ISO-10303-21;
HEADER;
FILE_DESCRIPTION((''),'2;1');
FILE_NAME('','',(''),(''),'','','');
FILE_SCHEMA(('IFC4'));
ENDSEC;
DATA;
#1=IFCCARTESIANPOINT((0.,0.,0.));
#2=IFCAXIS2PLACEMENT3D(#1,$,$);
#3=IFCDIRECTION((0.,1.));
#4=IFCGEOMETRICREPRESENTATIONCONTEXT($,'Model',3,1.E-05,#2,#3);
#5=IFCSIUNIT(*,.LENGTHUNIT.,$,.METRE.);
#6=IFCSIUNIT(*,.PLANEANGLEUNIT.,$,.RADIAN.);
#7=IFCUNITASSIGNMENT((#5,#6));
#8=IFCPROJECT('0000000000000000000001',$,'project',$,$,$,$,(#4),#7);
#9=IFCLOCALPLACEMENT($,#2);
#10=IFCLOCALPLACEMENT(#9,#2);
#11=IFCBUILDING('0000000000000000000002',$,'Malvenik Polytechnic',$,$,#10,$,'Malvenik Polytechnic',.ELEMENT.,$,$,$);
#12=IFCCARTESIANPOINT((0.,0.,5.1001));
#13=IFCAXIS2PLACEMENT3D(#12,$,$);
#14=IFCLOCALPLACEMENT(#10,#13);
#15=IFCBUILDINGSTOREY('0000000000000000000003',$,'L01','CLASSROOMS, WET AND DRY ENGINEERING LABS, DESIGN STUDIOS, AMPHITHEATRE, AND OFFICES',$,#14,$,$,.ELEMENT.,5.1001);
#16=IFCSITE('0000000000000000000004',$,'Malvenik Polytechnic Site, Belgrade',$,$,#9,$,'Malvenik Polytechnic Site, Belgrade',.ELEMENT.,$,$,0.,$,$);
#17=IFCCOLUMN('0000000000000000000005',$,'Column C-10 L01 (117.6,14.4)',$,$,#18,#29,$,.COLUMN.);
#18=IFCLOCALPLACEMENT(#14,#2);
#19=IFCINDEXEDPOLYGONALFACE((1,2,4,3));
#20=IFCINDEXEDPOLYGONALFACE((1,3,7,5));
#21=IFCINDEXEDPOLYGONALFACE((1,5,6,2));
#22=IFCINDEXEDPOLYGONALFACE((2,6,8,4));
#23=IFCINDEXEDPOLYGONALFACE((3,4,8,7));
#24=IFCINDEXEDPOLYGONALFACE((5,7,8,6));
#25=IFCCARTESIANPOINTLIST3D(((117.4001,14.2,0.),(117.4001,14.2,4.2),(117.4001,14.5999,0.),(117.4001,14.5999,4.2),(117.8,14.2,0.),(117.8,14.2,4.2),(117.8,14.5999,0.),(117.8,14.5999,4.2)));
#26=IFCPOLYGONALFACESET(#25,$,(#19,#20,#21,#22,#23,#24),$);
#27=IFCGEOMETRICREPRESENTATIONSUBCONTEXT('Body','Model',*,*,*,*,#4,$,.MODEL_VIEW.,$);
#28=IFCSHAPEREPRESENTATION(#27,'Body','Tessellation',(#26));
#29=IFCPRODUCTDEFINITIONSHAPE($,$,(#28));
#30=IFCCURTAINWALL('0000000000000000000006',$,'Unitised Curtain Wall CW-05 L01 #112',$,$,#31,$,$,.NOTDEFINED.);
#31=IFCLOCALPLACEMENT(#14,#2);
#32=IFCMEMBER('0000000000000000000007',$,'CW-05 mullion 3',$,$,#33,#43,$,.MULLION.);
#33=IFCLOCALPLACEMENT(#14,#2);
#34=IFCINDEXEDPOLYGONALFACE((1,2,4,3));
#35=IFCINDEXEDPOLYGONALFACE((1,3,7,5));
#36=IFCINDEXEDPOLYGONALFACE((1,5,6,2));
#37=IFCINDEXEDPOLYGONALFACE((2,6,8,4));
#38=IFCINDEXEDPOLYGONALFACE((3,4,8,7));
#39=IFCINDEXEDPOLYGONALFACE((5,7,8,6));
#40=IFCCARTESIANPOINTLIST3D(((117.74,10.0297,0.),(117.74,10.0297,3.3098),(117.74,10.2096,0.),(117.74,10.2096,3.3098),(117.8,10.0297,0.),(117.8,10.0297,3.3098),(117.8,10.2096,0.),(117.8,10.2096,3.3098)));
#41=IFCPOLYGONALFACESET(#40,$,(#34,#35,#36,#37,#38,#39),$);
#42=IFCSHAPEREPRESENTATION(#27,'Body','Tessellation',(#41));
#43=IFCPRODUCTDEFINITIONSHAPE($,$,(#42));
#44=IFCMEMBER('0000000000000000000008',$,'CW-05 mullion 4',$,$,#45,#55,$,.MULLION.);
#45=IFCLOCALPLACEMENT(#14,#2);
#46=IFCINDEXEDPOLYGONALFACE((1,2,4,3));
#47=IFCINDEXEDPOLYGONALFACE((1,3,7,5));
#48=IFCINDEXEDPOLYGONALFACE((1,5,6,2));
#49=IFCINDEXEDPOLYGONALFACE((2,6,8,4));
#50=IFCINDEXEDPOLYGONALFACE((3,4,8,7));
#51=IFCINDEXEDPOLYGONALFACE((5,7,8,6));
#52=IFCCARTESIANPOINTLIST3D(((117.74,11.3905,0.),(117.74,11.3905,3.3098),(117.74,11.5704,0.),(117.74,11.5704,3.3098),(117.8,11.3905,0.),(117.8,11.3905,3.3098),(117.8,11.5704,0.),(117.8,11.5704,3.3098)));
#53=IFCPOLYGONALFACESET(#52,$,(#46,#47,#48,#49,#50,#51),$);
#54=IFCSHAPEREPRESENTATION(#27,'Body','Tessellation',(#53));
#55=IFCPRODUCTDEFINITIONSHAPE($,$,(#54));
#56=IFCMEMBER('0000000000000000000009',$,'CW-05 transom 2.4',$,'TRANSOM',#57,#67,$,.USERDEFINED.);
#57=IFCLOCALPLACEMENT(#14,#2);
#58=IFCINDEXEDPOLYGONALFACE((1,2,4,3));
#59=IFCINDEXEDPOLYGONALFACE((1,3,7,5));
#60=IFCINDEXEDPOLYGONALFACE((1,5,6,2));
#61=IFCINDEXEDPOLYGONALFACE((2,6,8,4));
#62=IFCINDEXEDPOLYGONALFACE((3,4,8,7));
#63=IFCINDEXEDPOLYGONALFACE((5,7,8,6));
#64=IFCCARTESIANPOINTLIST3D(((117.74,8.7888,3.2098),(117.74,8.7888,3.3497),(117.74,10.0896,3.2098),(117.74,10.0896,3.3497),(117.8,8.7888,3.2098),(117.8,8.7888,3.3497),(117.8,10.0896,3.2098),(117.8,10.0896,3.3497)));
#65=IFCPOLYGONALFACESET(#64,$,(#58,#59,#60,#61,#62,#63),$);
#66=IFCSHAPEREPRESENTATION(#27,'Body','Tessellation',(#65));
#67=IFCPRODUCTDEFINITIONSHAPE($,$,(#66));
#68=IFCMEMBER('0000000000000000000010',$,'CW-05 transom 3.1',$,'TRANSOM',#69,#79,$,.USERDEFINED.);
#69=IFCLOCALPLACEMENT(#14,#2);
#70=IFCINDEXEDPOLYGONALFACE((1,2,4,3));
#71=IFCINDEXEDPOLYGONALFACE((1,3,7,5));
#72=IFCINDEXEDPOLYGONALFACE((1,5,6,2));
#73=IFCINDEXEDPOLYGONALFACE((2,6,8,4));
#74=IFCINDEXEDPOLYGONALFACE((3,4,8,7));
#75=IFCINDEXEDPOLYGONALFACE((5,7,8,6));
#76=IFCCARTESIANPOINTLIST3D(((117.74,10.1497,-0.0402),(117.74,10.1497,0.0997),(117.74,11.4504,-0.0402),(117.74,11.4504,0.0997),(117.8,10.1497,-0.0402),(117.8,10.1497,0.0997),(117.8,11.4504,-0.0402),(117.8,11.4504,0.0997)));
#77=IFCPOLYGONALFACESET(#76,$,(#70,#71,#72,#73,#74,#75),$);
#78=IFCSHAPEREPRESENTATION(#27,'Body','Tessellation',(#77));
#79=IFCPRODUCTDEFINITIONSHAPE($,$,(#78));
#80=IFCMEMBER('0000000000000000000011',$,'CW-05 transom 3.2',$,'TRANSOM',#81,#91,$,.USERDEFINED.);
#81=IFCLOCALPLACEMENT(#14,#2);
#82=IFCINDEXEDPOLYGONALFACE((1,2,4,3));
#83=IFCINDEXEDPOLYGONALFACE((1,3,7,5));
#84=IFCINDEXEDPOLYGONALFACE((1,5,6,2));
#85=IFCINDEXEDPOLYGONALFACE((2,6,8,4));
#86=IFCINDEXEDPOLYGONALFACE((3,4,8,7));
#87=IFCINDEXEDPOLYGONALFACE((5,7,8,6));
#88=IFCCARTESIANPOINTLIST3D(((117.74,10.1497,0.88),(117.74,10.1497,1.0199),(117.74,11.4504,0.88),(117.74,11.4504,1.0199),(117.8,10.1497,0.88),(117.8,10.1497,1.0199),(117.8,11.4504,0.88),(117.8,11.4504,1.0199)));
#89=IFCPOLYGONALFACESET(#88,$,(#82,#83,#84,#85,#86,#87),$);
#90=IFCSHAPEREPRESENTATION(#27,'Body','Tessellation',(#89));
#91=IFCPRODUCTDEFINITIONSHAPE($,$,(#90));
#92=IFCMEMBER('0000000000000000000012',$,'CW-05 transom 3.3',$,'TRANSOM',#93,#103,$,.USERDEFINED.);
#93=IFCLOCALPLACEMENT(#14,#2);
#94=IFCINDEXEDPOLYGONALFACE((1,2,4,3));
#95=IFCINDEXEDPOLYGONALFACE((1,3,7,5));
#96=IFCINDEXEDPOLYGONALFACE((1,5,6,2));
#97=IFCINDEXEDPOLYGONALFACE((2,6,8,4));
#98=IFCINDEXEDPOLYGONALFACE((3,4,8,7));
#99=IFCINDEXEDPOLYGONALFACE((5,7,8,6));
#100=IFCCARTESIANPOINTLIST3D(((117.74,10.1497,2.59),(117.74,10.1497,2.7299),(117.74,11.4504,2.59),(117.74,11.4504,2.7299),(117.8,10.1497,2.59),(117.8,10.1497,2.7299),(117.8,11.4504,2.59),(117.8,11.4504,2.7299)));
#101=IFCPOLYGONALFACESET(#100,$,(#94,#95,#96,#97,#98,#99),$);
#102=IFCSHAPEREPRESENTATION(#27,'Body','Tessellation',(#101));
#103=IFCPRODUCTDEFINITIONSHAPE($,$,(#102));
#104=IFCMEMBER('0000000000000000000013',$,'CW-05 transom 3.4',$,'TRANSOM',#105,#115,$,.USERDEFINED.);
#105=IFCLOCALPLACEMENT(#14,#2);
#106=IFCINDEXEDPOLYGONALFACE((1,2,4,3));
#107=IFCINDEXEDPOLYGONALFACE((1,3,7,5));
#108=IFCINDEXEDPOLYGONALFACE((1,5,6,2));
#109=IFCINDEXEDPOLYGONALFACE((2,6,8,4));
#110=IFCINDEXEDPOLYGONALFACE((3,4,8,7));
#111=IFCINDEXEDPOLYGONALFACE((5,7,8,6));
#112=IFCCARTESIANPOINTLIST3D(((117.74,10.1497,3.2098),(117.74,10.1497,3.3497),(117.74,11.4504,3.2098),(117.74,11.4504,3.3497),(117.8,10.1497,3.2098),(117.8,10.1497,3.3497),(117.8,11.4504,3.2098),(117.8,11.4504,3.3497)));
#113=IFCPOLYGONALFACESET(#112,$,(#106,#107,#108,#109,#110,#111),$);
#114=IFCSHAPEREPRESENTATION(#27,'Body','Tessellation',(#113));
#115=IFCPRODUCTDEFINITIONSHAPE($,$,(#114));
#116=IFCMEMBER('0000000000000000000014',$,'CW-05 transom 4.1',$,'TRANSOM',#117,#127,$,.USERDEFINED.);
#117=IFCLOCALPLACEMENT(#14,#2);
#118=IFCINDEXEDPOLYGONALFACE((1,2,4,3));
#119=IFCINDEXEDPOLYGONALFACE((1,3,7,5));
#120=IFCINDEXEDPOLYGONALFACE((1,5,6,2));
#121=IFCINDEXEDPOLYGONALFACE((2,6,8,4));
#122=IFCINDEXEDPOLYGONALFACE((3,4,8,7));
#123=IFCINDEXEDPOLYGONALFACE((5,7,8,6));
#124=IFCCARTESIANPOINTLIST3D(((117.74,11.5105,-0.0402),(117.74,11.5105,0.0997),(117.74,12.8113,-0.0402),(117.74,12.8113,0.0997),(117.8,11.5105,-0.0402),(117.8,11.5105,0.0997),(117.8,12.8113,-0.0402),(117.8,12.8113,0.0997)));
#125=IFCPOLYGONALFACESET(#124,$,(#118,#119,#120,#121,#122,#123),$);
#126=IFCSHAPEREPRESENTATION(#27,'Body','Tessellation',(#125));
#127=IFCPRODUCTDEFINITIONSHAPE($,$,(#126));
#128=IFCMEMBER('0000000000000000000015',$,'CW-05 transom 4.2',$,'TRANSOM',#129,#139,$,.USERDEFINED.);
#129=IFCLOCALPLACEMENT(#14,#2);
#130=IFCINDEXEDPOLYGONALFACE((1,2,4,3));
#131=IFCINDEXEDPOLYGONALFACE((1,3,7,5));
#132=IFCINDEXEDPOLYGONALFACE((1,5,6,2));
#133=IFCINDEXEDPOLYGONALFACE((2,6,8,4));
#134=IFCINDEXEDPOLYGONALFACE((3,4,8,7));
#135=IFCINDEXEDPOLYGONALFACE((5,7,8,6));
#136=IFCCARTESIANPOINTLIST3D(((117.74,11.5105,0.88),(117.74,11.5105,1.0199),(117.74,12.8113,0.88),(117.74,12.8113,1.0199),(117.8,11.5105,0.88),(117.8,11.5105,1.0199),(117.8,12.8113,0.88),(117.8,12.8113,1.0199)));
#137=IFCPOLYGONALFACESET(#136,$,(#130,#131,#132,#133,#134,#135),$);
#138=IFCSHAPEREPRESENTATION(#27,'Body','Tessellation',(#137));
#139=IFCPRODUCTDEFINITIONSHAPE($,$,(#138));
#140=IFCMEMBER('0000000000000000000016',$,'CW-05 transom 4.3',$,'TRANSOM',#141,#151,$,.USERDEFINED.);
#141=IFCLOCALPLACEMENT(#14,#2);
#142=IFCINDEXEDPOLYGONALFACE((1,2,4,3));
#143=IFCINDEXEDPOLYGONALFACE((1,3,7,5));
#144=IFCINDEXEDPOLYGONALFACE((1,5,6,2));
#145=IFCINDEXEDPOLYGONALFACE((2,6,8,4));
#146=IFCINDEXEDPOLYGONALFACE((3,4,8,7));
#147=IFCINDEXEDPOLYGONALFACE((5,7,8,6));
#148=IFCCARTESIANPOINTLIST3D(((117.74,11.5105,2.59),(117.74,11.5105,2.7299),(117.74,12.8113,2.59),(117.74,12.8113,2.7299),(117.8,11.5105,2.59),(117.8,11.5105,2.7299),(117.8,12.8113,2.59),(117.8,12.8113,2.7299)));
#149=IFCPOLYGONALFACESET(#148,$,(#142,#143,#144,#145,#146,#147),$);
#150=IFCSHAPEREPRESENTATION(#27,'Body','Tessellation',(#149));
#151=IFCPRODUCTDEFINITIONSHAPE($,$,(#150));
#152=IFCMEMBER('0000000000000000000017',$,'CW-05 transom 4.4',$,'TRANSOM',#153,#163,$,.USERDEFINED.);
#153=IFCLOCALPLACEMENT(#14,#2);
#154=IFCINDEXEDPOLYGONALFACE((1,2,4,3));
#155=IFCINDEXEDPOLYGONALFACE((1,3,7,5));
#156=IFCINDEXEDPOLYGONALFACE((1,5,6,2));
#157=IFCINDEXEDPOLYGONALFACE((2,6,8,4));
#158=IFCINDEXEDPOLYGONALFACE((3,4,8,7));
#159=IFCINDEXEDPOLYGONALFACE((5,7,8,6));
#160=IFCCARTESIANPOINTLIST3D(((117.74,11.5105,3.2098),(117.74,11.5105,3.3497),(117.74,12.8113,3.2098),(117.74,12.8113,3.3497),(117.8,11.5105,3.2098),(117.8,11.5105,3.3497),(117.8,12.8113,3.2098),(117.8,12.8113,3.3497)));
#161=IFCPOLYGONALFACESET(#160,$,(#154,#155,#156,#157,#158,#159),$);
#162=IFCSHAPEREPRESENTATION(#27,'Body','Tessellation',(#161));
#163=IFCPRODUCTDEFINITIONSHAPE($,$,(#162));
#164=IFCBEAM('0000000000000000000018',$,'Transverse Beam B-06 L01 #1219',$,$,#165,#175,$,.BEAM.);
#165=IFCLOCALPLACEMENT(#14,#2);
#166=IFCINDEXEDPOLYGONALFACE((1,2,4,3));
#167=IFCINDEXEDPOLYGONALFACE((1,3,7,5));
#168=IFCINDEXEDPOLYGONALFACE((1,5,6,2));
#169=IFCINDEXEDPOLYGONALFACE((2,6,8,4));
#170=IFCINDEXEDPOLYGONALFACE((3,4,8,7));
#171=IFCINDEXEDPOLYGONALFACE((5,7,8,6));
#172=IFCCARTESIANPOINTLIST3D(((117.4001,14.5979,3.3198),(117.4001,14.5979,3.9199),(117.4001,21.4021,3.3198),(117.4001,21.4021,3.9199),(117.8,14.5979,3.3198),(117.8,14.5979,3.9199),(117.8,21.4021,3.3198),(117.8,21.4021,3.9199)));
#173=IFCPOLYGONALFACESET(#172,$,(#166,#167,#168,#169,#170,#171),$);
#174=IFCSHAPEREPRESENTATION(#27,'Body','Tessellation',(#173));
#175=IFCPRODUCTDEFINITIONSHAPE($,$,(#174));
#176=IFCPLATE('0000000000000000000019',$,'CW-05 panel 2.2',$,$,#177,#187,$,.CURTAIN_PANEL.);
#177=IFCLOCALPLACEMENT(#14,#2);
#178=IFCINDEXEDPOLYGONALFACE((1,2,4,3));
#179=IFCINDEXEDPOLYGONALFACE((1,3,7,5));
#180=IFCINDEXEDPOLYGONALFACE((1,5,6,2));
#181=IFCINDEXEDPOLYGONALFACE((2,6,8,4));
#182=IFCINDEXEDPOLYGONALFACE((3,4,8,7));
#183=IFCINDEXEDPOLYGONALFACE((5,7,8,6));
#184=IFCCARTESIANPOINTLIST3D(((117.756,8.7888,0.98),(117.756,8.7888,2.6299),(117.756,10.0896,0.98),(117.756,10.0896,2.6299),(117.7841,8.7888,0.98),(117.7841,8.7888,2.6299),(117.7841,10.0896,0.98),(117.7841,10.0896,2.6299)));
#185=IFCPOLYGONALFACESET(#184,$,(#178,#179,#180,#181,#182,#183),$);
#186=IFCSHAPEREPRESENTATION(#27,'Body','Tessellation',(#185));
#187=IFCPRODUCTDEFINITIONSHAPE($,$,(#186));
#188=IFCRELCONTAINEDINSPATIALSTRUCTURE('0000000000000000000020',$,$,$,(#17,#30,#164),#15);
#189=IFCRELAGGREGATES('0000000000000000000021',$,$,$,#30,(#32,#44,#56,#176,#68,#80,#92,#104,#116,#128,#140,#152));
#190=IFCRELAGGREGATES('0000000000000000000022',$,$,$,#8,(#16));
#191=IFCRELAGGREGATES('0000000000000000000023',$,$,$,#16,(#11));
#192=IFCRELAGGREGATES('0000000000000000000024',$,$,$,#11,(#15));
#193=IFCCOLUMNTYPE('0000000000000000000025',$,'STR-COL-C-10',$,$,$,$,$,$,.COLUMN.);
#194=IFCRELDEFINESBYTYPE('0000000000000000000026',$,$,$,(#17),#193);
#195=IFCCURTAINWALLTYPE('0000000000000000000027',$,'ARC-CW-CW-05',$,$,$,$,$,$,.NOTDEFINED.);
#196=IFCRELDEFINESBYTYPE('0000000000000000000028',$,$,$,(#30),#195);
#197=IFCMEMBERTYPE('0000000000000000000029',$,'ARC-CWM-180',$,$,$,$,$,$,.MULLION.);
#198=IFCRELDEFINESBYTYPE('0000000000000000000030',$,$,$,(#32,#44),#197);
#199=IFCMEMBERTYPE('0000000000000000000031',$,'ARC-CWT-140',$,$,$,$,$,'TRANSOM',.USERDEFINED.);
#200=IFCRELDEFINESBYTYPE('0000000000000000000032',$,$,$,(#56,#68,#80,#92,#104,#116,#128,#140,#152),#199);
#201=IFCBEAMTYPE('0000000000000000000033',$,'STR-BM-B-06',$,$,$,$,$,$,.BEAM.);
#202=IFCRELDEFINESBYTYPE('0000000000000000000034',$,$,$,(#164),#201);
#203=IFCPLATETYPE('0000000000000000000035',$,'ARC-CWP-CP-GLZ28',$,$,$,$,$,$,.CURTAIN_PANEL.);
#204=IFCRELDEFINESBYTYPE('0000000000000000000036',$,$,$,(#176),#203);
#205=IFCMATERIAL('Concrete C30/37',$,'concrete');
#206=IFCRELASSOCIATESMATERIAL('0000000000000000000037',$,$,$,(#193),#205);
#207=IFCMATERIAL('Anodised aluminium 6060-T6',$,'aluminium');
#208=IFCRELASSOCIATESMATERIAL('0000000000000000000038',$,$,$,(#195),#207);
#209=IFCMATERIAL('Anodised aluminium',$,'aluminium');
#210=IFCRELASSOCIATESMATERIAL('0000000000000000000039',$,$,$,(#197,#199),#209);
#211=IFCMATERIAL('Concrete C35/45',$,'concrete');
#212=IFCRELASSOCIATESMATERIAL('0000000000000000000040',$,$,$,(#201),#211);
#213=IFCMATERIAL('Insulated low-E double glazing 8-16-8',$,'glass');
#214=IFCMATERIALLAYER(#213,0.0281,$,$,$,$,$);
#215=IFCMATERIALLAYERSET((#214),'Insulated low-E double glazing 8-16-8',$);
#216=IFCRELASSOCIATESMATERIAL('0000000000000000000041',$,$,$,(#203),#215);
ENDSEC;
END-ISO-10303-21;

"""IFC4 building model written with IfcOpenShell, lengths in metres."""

from ifc_helpers import new_model, si_unit, direction, frame, origin, origin_2d, place, context, subcontext, project, spatial, rectangle, extrude, material, layer, layer_set, material_profile, profile_set, type_object, element, aggregate, save


model = new_model("IFC4")

# Units and contexts
model_context = context("Model", 3, precision=1e-05, world=origin(), true_north=direction((0.0, 1.0)))
body_context = subcontext(model_context, "Body", "Model", "MODEL_VIEW")
ifc_project = project(units=[si_unit("LENGTHUNIT", "METRE"), si_unit("PLANEANGLEUNIT", "RADIAN")], contexts=[model_context])

# Site, building, storey
site_placement = place(None, origin())
site = spatial("IfcSite", under=ifc_project, at=site_placement, Name="Malvenik Polytechnic Site, Belgrade", LongName="Malvenik Polytechnic Site, Belgrade", CompositionType="ELEMENT", RefElevation=0.0)
building_placement = place(site_placement, origin())
building = spatial("IfcBuilding", under=site, at=building_placement, Name="Malvenik Polytechnic", LongName="Malvenik Polytechnic", CompositionType="ELEMENT")
storey_placement = place(building_placement, frame((0.0, 0.0, 5.1001)))
storey = spatial("IfcBuildingStorey", under=building, at=storey_placement, Name="L01", Description="CLASSROOMS, WET AND DRY ENGINEERING LABS, DESIGN STUDIOS, AMPHITHEATRE, AND OFFICES", CompositionType="ELEMENT", Elevation=5.1001)

# Column
ifc_material_1 = material(Name="Concrete C30/37", Category="concrete")
ifc_material_profile_1 = material_profile(ifc_material_1, rectangle(XDim=0.3999, YDim=0.3999, at=origin_2d()), Name="RC COL 400x400")
ifc_profile_set_1 = profile_set([ifc_material_profile_1], Name="Concrete C30/37")
column_type = type_object("IfcColumnType", Name="STR-COL-C-10", PredefinedType="COLUMN", material=ifc_profile_set_1)
column_placement = place(storey_placement, frame((117.6001, 14.3999, 0.0), z_axis=(0.0, 0.0, 1.0), x_axis=(1.0, 0.0, 0.0)))
element("IfcColumn", 1, at=column_placement, inside=storey, type_object=column_type, Name="Column C-10 L01 (117.6,14.4)", PredefinedType="COLUMN", context=body_context, shape_type="SweptSolid", body=[
    extrude(rectangle(XDim=0.3999, YDim=0.3999, at=origin_2d()), origin(), (0.0, 0.0, 1.0), 4.2),
])

# Curtain wall, members
ifc_material_2 = material(Name="Anodised aluminium 6060-T6", Category="aluminium")
curtain_wall_type = type_object("IfcCurtainWallType", Name="ARC-CW-CW-05", PredefinedType="NOTDEFINED", material=ifc_material_2)
curtain_wall_placement = place(storey_placement, origin())
curtain_wall = element("IfcCurtainWall", 2, at=curtain_wall_placement, inside=storey, type_object=curtain_wall_type, Name="Unitised Curtain Wall CW-05 L01 #112", PredefinedType="NOTDEFINED")
ifc_material_3 = material(Name="Anodised aluminium", Category="aluminium")
ifc_material_profile_2 = material_profile(ifc_material_3, rectangle(XDim=0.0601, YDim=0.1799, at=origin_2d()), Name="ALU MULLION 60x180")
ifc_profile_set_2 = profile_set([ifc_material_profile_2], Name="Anodised aluminium")
member_type_1 = type_object("IfcMemberType", Name="ARC-CWM-180", PredefinedType="MULLION", material=ifc_profile_set_2)
member_1_placement = place(storey_placement, frame((117.77, 10.1196, 0.0), z_axis=(0.0, 0.0, 1.0), x_axis=(-1.0, 0.0, 0.0)))
member_1 = element("IfcMember", 3, at=member_1_placement, type_object=member_type_1, Name="CW-05 mullion 3", PredefinedType="MULLION", context=body_context, shape_type="SweptSolid", body=[
    extrude(rectangle(XDim=0.0601, YDim=0.1799, at=origin_2d()), origin(), (0.0, 0.0, 1.0), 3.3098),
])
member_2_placement = place(storey_placement, frame((117.77, 11.4805, 0.0), z_axis=(0.0, 0.0, 1.0), x_axis=(-1.0, 0.0, 0.0)))
member_2 = element("IfcMember", 4, at=member_2_placement, type_object=member_type_1, Name="CW-05 mullion 4", PredefinedType="MULLION", context=body_context, shape_type="SweptSolid", body=[
    extrude(rectangle(XDim=0.0601, YDim=0.1799, at=origin_2d()), origin(), (0.0, 0.0, 1.0), 3.3098),
])
ifc_material_profile_3 = material_profile(ifc_material_3, rectangle(XDim=0.0601, YDim=0.1399, at=origin_2d()), Name="ALU TRANSOM 60x140")
ifc_profile_set_3 = profile_set([ifc_material_profile_3], Name="Anodised aluminium")
member_type_2 = type_object("IfcMemberType", Name="ARC-CWT-140", ElementType="TRANSOM", PredefinedType="USERDEFINED", material=ifc_profile_set_3)
member_3_placement = place(storey_placement, frame((117.77, 8.7888, 3.2798), z_axis=(0.0, 1.0, 0.0), x_axis=(-1.0, 0.0, 0.0)))
member_3 = element("IfcMember", 5, at=member_3_placement, type_object=member_type_2, Name="CW-05 transom 2.4", ObjectType="TRANSOM", PredefinedType="USERDEFINED", context=body_context, shape_type="SweptSolid", body=[
    extrude(rectangle(XDim=0.0601, YDim=0.1399, at=origin_2d()), origin(), (0.0, 0.0, 1.0), 1.3008),
])
member_4_placement = place(storey_placement, frame((117.77, 10.1497, 0.0298), z_axis=(0.0, 1.0, 0.0), x_axis=(-1.0, 0.0, 0.0)))
member_4 = element("IfcMember", 6, at=member_4_placement, type_object=member_type_2, Name="CW-05 transom 3.1", ObjectType="TRANSOM", PredefinedType="USERDEFINED", context=body_context, shape_type="SweptSolid", body=[
    extrude(rectangle(XDim=0.0601, YDim=0.1399, at=origin_2d()), origin(), (0.0, 0.0, 1.0), 1.3008),
])
member_5_placement = place(storey_placement, frame((117.77, 10.1497, 0.95), z_axis=(0.0, 1.0, 0.0), x_axis=(-1.0, 0.0, 0.0)))
member_5 = element("IfcMember", 7, at=member_5_placement, type_object=member_type_2, Name="CW-05 transom 3.2", ObjectType="TRANSOM", PredefinedType="USERDEFINED", context=body_context, shape_type="SweptSolid", body=[
    extrude(rectangle(XDim=0.0601, YDim=0.1399, at=origin_2d()), origin(), (0.0, 0.0, 1.0), 1.3008),
])
member_6_placement = place(storey_placement, frame((117.77, 10.1497, 2.6599), z_axis=(0.0, 1.0, 0.0), x_axis=(-1.0, 0.0, 0.0)))
member_6 = element("IfcMember", 8, at=member_6_placement, type_object=member_type_2, Name="CW-05 transom 3.3", ObjectType="TRANSOM", PredefinedType="USERDEFINED", context=body_context, shape_type="SweptSolid", body=[
    extrude(rectangle(XDim=0.0601, YDim=0.1399, at=origin_2d()), origin(), (0.0, 0.0, 1.0), 1.3008),
])
member_7_placement = place(storey_placement, frame((117.77, 10.1497, 3.2798), z_axis=(0.0, 1.0, 0.0), x_axis=(-1.0, 0.0, 0.0)))
member_7 = element("IfcMember", 9, at=member_7_placement, type_object=member_type_2, Name="CW-05 transom 3.4", ObjectType="TRANSOM", PredefinedType="USERDEFINED", context=body_context, shape_type="SweptSolid", body=[
    extrude(rectangle(XDim=0.0601, YDim=0.1399, at=origin_2d()), origin(), (0.0, 0.0, 1.0), 1.3008),
])
member_8_placement = place(storey_placement, frame((117.77, 11.5105, 0.0298), z_axis=(0.0, 1.0, 0.0), x_axis=(-1.0, 0.0, 0.0)))
member_8 = element("IfcMember", 10, at=member_8_placement, type_object=member_type_2, Name="CW-05 transom 4.1", ObjectType="TRANSOM", PredefinedType="USERDEFINED", context=body_context, shape_type="SweptSolid", body=[
    extrude(rectangle(XDim=0.0601, YDim=0.1399, at=origin_2d()), origin(), (0.0, 0.0, 1.0), 1.3008),
])
member_9_placement = place(storey_placement, frame((117.77, 11.5105, 0.95), z_axis=(0.0, 1.0, 0.0), x_axis=(-1.0, 0.0, 0.0)))
member_9 = element("IfcMember", 11, at=member_9_placement, type_object=member_type_2, Name="CW-05 transom 4.2", ObjectType="TRANSOM", PredefinedType="USERDEFINED", context=body_context, shape_type="SweptSolid", body=[
    extrude(rectangle(XDim=0.0601, YDim=0.1399, at=origin_2d()), origin(), (0.0, 0.0, 1.0), 1.3008),
])
member_10_placement = place(storey_placement, frame((117.77, 11.5105, 2.6599), z_axis=(0.0, 1.0, 0.0), x_axis=(-1.0, 0.0, 0.0)))
member_10 = element("IfcMember", 12, at=member_10_placement, type_object=member_type_2, Name="CW-05 transom 4.3", ObjectType="TRANSOM", PredefinedType="USERDEFINED", context=body_context, shape_type="SweptSolid", body=[
    extrude(rectangle(XDim=0.0601, YDim=0.1399, at=origin_2d()), origin(), (0.0, 0.0, 1.0), 1.3008),
])
member_11_placement = place(storey_placement, frame((117.77, 11.5105, 3.2798), z_axis=(0.0, 1.0, 0.0), x_axis=(-1.0, 0.0, 0.0)))
member_11 = element("IfcMember", 13, at=member_11_placement, type_object=member_type_2, Name="CW-05 transom 4.4", ObjectType="TRANSOM", PredefinedType="USERDEFINED", context=body_context, shape_type="SweptSolid", body=[
    extrude(rectangle(XDim=0.0601, YDim=0.1399, at=origin_2d()), origin(), (0.0, 0.0, 1.0), 1.3008),
])

# Beam
ifc_material_4 = material(Name="Concrete C35/45", Category="concrete")
ifc_material_profile_4 = material_profile(ifc_material_4, rectangle(XDim=0.3999, YDim=0.6001, at=origin_2d()), Name="RC BM 400x600")
ifc_profile_set_4 = profile_set([ifc_material_profile_4], Name="Concrete C35/45")
beam_type = type_object("IfcBeamType", Name="STR-BM-B-06", PredefinedType="BEAM", material=ifc_profile_set_4)
beam_placement = place(storey_placement, frame((117.6001, 14.5979, 3.6199), z_axis=(0.0, 1.0, 0.0), x_axis=(-1.0, 0.0, 0.0)))
element("IfcBeam", 14, at=beam_placement, inside=storey, type_object=beam_type, Name="Transverse Beam B-06 L01 #1219", PredefinedType="BEAM", context=body_context, shape_type="SweptSolid", body=[
    extrude(rectangle(XDim=0.3999, YDim=0.6001, at=origin_2d()), origin(), (0.0, 0.0, 1.0), 6.8042),
])

# Plate
ifc_material_5 = material(Name="Insulated low-E double glazing 8-16-8", Category="glass")
ifc_layer_1 = layer(ifc_material_5, 0.0281)
ifc_layer_set_1 = layer_set([ifc_layer_1], Name="Insulated low-E double glazing 8-16-8")
plate_type_1 = type_object("IfcPlateType", Name="ARC-CWP-CP-GLZ28", PredefinedType="CURTAIN_PANEL", material=ifc_layer_set_1)
plate_1_placement = place(storey_placement, frame((117.77, 9.4392, 0.98), z_axis=(0.0, 0.0, 1.0), x_axis=(0.0, 1.0, 0.0)))
plate_1 = element("IfcPlate", 15, at=plate_1_placement, type_object=plate_type_1, Name="CW-05 panel 2.2", PredefinedType="CURTAIN_PANEL", context=body_context, shape_type="SweptSolid", body=[
    extrude(rectangle(XDim=1.3008, YDim=0.0281, at=origin_2d()), origin(), (0.0, 0.0, 1.0), 1.6499),
])
aggregate(curtain_wall, [member_1, member_2, member_3, plate_1, member_4, member_5, member_6, member_7, member_8, member_9, member_10, member_11])

save(model, "model.ifc")
